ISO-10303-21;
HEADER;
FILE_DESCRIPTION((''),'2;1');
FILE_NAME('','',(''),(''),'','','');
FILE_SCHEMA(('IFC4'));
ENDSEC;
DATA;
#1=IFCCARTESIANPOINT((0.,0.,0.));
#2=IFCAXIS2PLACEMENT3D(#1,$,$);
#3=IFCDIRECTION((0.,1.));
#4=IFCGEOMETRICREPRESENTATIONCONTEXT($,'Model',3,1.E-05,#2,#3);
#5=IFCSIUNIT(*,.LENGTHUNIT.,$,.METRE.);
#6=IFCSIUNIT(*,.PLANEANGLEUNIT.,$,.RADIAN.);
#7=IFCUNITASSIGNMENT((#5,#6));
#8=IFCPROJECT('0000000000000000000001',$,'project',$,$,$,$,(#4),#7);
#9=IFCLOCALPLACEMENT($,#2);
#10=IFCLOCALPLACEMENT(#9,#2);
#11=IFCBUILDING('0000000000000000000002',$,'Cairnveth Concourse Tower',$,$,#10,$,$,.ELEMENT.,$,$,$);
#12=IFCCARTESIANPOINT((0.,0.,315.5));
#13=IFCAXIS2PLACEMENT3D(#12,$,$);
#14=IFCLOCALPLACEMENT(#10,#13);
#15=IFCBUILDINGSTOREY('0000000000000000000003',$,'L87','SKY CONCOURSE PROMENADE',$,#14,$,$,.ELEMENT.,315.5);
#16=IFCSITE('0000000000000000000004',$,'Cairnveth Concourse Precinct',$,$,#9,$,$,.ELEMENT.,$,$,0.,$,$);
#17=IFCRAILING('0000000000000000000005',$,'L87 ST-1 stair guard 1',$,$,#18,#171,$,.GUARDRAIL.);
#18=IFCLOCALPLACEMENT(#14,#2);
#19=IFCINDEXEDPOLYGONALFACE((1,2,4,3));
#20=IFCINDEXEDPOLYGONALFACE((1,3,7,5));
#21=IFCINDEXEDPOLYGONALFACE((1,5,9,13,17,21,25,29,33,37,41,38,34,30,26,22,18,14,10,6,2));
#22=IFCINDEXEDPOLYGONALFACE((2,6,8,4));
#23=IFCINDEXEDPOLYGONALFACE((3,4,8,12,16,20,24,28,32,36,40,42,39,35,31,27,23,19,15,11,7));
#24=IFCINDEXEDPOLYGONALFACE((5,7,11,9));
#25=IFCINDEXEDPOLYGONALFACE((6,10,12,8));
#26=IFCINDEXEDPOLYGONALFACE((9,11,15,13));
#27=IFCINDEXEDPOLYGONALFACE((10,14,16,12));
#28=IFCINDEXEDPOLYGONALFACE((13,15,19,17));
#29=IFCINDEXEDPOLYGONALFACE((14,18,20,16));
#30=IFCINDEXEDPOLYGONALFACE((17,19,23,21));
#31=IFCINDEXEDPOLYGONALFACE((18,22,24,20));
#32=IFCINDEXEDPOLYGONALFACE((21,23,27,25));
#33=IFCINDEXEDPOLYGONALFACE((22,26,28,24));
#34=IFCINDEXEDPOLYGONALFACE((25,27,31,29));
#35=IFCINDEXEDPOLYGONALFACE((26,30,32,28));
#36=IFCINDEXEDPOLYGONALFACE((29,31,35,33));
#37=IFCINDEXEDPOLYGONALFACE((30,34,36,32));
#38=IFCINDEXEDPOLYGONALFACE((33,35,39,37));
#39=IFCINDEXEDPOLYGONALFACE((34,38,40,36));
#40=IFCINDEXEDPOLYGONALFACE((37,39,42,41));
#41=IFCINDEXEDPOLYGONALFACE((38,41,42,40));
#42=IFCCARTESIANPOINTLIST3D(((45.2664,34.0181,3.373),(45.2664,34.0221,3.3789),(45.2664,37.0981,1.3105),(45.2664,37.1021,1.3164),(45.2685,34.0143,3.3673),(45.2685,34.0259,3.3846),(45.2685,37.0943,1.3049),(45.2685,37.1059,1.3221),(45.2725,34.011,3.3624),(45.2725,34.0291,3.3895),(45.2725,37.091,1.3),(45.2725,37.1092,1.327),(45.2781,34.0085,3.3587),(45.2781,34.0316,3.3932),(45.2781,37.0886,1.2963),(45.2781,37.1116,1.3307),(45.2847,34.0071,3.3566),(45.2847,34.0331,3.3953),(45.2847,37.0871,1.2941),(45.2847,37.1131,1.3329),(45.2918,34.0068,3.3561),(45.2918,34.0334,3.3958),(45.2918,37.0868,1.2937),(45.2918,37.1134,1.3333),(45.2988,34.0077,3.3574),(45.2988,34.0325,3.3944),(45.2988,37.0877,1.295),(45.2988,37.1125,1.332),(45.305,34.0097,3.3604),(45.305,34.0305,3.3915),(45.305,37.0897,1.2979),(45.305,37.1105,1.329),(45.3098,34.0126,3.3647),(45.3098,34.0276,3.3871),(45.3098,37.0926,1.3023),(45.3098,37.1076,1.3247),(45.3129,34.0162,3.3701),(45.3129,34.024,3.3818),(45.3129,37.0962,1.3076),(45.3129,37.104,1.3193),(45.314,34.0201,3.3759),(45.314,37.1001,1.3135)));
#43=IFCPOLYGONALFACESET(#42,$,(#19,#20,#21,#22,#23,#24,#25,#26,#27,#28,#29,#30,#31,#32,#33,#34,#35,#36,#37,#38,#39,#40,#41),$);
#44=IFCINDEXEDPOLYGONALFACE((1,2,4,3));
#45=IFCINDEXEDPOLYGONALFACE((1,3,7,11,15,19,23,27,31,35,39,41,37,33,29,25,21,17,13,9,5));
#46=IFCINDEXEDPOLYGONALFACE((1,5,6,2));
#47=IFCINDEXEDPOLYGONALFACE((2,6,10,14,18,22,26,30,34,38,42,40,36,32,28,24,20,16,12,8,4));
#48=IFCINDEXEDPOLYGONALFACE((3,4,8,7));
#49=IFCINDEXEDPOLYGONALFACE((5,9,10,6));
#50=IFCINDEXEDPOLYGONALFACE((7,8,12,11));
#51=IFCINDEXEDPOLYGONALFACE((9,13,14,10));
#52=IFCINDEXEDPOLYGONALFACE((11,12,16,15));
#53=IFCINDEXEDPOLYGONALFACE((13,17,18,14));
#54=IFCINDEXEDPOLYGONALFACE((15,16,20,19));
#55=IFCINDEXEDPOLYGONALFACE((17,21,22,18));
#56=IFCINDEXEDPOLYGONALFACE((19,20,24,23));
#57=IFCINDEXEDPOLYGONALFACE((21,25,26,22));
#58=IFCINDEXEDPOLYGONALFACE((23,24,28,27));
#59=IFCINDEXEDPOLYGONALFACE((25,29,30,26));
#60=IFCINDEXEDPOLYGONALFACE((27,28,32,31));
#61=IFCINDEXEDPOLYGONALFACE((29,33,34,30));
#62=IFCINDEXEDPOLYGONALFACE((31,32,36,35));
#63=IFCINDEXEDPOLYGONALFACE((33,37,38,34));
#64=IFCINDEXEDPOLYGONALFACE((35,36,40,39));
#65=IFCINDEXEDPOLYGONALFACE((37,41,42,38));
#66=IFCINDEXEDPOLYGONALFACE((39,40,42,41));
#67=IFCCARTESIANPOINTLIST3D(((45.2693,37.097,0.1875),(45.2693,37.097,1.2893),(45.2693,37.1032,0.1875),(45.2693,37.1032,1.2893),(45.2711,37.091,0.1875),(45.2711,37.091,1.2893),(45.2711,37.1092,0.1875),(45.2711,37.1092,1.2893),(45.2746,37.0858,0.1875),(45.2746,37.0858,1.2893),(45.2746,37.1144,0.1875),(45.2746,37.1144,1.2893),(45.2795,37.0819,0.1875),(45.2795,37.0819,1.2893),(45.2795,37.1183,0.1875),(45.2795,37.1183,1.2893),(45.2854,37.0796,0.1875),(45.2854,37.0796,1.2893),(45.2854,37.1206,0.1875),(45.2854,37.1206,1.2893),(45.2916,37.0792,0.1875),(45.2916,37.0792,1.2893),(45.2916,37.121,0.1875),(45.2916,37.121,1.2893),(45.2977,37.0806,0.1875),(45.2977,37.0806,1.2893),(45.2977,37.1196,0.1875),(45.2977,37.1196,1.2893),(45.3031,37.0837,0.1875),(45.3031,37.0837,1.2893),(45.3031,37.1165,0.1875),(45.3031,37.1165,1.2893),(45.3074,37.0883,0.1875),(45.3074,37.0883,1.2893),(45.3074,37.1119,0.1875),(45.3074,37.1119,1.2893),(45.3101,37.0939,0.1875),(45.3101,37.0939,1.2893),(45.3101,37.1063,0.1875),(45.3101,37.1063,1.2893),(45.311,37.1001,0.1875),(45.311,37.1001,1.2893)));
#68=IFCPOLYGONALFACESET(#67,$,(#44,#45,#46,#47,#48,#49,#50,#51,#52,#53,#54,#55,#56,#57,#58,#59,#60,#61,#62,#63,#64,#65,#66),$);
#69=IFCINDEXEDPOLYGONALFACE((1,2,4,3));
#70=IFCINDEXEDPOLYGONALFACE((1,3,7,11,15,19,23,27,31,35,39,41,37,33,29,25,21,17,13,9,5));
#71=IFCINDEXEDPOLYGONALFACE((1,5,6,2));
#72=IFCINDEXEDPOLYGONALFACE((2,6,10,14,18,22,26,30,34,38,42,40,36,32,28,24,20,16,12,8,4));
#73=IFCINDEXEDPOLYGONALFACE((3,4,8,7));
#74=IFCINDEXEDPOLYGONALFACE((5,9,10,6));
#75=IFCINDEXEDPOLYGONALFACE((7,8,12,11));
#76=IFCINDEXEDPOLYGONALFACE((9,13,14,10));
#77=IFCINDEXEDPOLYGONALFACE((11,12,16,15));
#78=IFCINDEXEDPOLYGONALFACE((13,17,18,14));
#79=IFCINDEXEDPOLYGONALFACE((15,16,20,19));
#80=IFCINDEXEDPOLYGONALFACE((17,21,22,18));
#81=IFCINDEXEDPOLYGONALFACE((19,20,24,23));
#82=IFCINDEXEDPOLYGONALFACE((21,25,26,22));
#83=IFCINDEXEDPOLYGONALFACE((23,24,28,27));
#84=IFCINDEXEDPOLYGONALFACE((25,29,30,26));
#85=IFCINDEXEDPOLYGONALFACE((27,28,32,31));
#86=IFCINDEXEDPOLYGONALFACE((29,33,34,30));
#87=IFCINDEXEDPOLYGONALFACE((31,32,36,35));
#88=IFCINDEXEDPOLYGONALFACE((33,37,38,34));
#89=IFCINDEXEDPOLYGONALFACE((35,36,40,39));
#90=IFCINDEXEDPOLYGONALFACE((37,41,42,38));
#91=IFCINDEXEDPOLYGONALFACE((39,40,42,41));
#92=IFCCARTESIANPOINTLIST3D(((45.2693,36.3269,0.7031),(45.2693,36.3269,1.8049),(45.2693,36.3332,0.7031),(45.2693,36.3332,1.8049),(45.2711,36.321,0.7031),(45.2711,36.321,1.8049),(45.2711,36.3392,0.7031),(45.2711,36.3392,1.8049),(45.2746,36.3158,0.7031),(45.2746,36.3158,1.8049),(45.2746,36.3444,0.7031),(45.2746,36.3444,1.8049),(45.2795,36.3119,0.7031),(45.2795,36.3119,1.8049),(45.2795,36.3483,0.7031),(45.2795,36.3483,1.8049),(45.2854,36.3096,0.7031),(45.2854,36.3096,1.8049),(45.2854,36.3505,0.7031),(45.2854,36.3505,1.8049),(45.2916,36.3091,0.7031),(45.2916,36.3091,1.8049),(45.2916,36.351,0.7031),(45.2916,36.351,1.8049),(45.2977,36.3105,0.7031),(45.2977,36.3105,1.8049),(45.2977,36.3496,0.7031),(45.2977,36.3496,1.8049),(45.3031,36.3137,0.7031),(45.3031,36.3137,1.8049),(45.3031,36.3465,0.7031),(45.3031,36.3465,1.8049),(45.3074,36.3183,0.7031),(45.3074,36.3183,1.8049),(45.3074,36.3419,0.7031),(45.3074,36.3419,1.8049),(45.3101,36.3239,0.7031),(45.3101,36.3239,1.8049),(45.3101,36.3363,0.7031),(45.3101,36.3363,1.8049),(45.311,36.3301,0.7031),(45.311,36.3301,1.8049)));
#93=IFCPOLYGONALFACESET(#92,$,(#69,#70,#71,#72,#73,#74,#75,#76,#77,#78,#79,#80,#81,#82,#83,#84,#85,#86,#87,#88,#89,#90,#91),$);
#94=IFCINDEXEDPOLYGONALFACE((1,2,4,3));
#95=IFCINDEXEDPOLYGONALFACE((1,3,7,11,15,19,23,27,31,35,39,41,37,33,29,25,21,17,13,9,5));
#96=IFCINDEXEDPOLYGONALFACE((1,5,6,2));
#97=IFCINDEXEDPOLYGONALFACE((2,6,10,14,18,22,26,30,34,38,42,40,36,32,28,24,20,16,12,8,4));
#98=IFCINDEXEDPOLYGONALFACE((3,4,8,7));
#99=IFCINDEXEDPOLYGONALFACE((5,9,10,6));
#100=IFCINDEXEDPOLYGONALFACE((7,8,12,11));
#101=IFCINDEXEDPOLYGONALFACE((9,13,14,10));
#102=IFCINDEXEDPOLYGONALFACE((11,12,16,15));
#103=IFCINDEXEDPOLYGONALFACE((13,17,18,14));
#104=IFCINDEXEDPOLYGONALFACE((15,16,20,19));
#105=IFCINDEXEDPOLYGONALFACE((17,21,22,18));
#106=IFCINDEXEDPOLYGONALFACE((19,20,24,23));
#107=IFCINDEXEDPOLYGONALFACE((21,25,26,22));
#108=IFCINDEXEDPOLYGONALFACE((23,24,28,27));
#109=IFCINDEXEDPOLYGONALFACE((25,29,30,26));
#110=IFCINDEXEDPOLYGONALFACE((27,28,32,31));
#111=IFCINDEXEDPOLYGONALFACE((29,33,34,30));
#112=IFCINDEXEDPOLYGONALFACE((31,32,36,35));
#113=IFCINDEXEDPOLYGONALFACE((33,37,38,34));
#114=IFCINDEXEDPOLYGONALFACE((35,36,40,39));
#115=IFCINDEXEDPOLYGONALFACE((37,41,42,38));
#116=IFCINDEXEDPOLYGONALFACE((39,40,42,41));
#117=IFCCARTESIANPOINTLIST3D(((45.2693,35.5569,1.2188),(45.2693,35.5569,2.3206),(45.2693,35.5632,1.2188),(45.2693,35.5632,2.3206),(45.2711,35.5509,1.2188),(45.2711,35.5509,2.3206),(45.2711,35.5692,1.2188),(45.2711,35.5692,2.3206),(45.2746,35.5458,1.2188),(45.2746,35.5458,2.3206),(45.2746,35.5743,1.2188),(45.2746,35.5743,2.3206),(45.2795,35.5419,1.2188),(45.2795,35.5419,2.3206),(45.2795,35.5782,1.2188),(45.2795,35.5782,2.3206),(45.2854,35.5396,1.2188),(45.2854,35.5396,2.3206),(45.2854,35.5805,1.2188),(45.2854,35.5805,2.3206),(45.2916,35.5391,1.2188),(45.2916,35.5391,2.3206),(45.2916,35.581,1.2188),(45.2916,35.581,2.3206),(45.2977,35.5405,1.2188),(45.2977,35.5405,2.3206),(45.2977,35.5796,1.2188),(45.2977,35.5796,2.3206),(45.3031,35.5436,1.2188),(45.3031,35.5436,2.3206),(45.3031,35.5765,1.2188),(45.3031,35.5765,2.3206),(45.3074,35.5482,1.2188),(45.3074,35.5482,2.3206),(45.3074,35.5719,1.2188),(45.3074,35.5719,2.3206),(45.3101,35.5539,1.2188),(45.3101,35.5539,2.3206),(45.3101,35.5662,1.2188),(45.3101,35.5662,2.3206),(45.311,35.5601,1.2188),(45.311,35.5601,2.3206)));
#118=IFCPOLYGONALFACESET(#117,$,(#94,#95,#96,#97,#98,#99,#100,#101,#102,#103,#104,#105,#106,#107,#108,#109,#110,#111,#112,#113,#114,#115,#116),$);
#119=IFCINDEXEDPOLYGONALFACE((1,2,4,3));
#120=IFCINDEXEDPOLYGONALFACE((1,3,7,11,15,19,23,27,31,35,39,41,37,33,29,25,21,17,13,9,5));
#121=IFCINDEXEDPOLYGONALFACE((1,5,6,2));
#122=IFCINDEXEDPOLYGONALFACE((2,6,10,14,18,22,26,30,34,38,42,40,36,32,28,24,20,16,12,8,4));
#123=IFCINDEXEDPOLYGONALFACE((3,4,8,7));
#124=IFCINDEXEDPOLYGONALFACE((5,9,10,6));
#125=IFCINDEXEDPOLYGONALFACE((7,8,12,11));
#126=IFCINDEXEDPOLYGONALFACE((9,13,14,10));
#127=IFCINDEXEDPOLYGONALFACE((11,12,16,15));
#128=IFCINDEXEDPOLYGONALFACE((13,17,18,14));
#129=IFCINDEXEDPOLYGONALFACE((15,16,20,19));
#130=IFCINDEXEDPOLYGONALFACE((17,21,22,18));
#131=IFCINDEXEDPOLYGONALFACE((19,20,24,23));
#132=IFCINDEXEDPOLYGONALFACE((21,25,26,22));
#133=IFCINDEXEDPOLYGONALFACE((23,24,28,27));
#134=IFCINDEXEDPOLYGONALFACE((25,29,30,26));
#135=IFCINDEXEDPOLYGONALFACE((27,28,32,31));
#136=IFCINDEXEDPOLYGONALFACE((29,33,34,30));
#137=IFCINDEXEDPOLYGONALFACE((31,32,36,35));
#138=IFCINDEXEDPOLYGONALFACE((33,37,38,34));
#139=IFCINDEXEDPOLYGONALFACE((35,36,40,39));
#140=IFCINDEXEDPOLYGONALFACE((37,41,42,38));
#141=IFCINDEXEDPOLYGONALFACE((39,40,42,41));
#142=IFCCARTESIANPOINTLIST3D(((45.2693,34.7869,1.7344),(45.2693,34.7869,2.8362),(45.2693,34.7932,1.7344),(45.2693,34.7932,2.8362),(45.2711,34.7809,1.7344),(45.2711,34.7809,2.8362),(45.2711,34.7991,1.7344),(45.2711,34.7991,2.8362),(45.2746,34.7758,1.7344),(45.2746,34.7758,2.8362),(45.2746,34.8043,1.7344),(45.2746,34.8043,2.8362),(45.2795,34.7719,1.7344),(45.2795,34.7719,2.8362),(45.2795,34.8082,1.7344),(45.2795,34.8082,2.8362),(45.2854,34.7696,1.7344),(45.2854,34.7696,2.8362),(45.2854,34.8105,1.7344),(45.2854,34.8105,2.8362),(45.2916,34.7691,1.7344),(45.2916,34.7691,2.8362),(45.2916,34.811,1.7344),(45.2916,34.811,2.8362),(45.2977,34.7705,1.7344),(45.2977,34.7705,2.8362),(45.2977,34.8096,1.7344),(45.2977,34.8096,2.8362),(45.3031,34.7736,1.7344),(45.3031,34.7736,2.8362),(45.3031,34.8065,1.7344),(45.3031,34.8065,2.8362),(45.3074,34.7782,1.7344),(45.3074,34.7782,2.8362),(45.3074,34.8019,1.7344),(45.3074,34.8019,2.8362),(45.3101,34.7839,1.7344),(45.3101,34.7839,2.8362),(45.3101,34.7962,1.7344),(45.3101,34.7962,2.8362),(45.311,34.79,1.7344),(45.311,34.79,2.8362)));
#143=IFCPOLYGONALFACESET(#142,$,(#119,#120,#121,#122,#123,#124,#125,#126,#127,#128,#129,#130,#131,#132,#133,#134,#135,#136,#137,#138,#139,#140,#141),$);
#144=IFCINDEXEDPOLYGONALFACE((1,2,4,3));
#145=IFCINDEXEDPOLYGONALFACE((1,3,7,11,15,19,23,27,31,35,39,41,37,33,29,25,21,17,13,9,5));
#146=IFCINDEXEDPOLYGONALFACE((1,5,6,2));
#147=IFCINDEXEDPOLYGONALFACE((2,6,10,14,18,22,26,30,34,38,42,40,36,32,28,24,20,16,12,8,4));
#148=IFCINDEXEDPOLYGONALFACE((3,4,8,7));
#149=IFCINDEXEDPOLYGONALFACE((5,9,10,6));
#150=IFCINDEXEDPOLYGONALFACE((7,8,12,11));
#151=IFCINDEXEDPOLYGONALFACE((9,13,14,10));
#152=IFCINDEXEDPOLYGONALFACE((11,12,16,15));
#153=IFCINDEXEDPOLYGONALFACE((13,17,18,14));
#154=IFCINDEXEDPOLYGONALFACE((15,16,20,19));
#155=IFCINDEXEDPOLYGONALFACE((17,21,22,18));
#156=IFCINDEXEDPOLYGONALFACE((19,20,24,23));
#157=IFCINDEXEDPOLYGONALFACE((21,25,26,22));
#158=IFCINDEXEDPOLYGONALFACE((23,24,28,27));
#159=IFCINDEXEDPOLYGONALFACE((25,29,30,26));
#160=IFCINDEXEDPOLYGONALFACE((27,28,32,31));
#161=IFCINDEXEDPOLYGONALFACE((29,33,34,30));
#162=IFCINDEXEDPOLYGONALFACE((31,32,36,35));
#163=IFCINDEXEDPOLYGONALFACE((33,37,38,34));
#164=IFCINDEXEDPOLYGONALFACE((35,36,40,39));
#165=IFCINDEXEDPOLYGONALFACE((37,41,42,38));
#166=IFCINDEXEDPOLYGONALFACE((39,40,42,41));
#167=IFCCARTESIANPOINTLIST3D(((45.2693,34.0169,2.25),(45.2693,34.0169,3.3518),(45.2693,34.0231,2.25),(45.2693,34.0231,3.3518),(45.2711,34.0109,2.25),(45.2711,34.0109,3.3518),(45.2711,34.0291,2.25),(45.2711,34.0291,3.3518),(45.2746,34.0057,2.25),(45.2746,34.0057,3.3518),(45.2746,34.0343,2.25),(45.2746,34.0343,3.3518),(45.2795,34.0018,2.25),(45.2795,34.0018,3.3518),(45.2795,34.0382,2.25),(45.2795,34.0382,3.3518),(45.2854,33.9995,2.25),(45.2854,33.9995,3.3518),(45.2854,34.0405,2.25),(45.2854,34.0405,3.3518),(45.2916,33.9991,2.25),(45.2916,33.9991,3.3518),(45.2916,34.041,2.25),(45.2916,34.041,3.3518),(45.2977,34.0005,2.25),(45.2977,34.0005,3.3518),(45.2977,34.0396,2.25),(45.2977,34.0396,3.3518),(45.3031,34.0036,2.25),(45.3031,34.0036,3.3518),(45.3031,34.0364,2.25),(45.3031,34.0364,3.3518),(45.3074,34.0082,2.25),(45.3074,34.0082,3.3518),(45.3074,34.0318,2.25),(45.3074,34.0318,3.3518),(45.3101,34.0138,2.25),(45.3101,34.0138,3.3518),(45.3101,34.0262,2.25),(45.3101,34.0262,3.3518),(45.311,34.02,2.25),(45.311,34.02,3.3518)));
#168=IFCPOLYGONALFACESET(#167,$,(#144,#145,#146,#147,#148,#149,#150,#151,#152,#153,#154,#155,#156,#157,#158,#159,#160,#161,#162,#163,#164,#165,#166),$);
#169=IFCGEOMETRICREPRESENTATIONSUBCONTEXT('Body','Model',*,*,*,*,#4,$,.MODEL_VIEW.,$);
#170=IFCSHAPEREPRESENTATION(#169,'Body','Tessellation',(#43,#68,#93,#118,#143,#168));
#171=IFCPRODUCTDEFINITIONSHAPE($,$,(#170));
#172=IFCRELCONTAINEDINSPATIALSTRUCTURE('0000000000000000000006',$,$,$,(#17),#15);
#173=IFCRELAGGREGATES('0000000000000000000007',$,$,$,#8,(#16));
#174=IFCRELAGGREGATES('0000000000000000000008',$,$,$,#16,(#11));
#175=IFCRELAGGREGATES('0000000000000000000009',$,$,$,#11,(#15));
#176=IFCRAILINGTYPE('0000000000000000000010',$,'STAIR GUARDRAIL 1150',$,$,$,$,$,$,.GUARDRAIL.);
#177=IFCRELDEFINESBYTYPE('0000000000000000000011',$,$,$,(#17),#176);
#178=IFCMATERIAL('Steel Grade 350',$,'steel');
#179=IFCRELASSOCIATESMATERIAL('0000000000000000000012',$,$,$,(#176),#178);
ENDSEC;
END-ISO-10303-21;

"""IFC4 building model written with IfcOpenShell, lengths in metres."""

from ifc_helpers import new_model, si_unit, direction, frame, origin, origin_2d, place, context, subcontext, project, spatial, circle, extrude, material, type_object, element, save


model = new_model("IFC4")

# Units and contexts
model_context = context("Model", 3, precision=1e-05, world=origin(), true_north=direction((0.0, 1.0)))
body_context = subcontext(model_context, "Body", "Model", "MODEL_VIEW")
ifc_project = project(units=[si_unit("LENGTHUNIT", "METRE"), si_unit("PLANEANGLEUNIT", "RADIAN")], contexts=[model_context])

# Site, building, storey
site_placement = place(None, origin())
site = spatial("IfcSite", under=ifc_project, at=site_placement, Name="Cairnveth Concourse Precinct", CompositionType="ELEMENT", RefElevation=0.0)
building_placement = place(site_placement, origin())
building = spatial("IfcBuilding", under=site, at=building_placement, Name="Cairnveth Concourse Tower", CompositionType="ELEMENT")
storey_placement = place(building_placement, frame((0.0, 0.0, 315.5)))
storey = spatial("IfcBuildingStorey", under=building, at=storey_placement, Name="L87", Description="SKY CONCOURSE PROMENADE", CompositionType="ELEMENT", Elevation=315.5)

# Shared definitions
ifc_material_1 = material(Name="Steel Grade 350", Category="steel")

# Railing
railing_type = type_object("IfcRailingType", Name="STAIR GUARDRAIL 1150", PredefinedType="GUARDRAIL", material=ifc_material_1)
railing_1_placement = place(storey_placement, frame((45.29, 37.1001, 0.1875)))
element("IfcRailing", 1, at=railing_1_placement, inside=storey, type_object=railing_type, Name="L87 ST-1 stair guard 1", PredefinedType="GUARDRAIL", context=body_context, shape_type="SweptSolid", body=[
    extrude(circle(Radius=0.0239, at=origin_2d()), frame((0.0, 0.0, 1.126), z_axis=(0.0, -0.830914, 0.556401), x_axis=(1.0, 0.0, 0.0)), (0.0, 0.0, 1.0), 3.7068),
    extrude(circle(Radius=0.021, at=origin_2d()), origin(), (0.0, 0.0, 1.0), 1.1018),
    extrude(circle(Radius=0.021, at=origin_2d()), frame((0.0, -0.77, 0.5156)), (0.0, 0.0, 1.0), 1.1018),
    extrude(circle(Radius=0.021, at=origin_2d()), frame((0.0, -1.54, 1.0312)), (0.0, 0.0, 1.0), 1.1018),
    extrude(circle(Radius=0.021, at=origin_2d()), frame((0.0, -2.3101, 1.5469)), (0.0, 0.0, 1.0), 1.1018),
    extrude(circle(Radius=0.021, at=origin_2d()), frame((0.0, -3.0801, 2.0625)), (0.0, 0.0, 1.0), 1.1018),
])

save(model, "model.ifc")
